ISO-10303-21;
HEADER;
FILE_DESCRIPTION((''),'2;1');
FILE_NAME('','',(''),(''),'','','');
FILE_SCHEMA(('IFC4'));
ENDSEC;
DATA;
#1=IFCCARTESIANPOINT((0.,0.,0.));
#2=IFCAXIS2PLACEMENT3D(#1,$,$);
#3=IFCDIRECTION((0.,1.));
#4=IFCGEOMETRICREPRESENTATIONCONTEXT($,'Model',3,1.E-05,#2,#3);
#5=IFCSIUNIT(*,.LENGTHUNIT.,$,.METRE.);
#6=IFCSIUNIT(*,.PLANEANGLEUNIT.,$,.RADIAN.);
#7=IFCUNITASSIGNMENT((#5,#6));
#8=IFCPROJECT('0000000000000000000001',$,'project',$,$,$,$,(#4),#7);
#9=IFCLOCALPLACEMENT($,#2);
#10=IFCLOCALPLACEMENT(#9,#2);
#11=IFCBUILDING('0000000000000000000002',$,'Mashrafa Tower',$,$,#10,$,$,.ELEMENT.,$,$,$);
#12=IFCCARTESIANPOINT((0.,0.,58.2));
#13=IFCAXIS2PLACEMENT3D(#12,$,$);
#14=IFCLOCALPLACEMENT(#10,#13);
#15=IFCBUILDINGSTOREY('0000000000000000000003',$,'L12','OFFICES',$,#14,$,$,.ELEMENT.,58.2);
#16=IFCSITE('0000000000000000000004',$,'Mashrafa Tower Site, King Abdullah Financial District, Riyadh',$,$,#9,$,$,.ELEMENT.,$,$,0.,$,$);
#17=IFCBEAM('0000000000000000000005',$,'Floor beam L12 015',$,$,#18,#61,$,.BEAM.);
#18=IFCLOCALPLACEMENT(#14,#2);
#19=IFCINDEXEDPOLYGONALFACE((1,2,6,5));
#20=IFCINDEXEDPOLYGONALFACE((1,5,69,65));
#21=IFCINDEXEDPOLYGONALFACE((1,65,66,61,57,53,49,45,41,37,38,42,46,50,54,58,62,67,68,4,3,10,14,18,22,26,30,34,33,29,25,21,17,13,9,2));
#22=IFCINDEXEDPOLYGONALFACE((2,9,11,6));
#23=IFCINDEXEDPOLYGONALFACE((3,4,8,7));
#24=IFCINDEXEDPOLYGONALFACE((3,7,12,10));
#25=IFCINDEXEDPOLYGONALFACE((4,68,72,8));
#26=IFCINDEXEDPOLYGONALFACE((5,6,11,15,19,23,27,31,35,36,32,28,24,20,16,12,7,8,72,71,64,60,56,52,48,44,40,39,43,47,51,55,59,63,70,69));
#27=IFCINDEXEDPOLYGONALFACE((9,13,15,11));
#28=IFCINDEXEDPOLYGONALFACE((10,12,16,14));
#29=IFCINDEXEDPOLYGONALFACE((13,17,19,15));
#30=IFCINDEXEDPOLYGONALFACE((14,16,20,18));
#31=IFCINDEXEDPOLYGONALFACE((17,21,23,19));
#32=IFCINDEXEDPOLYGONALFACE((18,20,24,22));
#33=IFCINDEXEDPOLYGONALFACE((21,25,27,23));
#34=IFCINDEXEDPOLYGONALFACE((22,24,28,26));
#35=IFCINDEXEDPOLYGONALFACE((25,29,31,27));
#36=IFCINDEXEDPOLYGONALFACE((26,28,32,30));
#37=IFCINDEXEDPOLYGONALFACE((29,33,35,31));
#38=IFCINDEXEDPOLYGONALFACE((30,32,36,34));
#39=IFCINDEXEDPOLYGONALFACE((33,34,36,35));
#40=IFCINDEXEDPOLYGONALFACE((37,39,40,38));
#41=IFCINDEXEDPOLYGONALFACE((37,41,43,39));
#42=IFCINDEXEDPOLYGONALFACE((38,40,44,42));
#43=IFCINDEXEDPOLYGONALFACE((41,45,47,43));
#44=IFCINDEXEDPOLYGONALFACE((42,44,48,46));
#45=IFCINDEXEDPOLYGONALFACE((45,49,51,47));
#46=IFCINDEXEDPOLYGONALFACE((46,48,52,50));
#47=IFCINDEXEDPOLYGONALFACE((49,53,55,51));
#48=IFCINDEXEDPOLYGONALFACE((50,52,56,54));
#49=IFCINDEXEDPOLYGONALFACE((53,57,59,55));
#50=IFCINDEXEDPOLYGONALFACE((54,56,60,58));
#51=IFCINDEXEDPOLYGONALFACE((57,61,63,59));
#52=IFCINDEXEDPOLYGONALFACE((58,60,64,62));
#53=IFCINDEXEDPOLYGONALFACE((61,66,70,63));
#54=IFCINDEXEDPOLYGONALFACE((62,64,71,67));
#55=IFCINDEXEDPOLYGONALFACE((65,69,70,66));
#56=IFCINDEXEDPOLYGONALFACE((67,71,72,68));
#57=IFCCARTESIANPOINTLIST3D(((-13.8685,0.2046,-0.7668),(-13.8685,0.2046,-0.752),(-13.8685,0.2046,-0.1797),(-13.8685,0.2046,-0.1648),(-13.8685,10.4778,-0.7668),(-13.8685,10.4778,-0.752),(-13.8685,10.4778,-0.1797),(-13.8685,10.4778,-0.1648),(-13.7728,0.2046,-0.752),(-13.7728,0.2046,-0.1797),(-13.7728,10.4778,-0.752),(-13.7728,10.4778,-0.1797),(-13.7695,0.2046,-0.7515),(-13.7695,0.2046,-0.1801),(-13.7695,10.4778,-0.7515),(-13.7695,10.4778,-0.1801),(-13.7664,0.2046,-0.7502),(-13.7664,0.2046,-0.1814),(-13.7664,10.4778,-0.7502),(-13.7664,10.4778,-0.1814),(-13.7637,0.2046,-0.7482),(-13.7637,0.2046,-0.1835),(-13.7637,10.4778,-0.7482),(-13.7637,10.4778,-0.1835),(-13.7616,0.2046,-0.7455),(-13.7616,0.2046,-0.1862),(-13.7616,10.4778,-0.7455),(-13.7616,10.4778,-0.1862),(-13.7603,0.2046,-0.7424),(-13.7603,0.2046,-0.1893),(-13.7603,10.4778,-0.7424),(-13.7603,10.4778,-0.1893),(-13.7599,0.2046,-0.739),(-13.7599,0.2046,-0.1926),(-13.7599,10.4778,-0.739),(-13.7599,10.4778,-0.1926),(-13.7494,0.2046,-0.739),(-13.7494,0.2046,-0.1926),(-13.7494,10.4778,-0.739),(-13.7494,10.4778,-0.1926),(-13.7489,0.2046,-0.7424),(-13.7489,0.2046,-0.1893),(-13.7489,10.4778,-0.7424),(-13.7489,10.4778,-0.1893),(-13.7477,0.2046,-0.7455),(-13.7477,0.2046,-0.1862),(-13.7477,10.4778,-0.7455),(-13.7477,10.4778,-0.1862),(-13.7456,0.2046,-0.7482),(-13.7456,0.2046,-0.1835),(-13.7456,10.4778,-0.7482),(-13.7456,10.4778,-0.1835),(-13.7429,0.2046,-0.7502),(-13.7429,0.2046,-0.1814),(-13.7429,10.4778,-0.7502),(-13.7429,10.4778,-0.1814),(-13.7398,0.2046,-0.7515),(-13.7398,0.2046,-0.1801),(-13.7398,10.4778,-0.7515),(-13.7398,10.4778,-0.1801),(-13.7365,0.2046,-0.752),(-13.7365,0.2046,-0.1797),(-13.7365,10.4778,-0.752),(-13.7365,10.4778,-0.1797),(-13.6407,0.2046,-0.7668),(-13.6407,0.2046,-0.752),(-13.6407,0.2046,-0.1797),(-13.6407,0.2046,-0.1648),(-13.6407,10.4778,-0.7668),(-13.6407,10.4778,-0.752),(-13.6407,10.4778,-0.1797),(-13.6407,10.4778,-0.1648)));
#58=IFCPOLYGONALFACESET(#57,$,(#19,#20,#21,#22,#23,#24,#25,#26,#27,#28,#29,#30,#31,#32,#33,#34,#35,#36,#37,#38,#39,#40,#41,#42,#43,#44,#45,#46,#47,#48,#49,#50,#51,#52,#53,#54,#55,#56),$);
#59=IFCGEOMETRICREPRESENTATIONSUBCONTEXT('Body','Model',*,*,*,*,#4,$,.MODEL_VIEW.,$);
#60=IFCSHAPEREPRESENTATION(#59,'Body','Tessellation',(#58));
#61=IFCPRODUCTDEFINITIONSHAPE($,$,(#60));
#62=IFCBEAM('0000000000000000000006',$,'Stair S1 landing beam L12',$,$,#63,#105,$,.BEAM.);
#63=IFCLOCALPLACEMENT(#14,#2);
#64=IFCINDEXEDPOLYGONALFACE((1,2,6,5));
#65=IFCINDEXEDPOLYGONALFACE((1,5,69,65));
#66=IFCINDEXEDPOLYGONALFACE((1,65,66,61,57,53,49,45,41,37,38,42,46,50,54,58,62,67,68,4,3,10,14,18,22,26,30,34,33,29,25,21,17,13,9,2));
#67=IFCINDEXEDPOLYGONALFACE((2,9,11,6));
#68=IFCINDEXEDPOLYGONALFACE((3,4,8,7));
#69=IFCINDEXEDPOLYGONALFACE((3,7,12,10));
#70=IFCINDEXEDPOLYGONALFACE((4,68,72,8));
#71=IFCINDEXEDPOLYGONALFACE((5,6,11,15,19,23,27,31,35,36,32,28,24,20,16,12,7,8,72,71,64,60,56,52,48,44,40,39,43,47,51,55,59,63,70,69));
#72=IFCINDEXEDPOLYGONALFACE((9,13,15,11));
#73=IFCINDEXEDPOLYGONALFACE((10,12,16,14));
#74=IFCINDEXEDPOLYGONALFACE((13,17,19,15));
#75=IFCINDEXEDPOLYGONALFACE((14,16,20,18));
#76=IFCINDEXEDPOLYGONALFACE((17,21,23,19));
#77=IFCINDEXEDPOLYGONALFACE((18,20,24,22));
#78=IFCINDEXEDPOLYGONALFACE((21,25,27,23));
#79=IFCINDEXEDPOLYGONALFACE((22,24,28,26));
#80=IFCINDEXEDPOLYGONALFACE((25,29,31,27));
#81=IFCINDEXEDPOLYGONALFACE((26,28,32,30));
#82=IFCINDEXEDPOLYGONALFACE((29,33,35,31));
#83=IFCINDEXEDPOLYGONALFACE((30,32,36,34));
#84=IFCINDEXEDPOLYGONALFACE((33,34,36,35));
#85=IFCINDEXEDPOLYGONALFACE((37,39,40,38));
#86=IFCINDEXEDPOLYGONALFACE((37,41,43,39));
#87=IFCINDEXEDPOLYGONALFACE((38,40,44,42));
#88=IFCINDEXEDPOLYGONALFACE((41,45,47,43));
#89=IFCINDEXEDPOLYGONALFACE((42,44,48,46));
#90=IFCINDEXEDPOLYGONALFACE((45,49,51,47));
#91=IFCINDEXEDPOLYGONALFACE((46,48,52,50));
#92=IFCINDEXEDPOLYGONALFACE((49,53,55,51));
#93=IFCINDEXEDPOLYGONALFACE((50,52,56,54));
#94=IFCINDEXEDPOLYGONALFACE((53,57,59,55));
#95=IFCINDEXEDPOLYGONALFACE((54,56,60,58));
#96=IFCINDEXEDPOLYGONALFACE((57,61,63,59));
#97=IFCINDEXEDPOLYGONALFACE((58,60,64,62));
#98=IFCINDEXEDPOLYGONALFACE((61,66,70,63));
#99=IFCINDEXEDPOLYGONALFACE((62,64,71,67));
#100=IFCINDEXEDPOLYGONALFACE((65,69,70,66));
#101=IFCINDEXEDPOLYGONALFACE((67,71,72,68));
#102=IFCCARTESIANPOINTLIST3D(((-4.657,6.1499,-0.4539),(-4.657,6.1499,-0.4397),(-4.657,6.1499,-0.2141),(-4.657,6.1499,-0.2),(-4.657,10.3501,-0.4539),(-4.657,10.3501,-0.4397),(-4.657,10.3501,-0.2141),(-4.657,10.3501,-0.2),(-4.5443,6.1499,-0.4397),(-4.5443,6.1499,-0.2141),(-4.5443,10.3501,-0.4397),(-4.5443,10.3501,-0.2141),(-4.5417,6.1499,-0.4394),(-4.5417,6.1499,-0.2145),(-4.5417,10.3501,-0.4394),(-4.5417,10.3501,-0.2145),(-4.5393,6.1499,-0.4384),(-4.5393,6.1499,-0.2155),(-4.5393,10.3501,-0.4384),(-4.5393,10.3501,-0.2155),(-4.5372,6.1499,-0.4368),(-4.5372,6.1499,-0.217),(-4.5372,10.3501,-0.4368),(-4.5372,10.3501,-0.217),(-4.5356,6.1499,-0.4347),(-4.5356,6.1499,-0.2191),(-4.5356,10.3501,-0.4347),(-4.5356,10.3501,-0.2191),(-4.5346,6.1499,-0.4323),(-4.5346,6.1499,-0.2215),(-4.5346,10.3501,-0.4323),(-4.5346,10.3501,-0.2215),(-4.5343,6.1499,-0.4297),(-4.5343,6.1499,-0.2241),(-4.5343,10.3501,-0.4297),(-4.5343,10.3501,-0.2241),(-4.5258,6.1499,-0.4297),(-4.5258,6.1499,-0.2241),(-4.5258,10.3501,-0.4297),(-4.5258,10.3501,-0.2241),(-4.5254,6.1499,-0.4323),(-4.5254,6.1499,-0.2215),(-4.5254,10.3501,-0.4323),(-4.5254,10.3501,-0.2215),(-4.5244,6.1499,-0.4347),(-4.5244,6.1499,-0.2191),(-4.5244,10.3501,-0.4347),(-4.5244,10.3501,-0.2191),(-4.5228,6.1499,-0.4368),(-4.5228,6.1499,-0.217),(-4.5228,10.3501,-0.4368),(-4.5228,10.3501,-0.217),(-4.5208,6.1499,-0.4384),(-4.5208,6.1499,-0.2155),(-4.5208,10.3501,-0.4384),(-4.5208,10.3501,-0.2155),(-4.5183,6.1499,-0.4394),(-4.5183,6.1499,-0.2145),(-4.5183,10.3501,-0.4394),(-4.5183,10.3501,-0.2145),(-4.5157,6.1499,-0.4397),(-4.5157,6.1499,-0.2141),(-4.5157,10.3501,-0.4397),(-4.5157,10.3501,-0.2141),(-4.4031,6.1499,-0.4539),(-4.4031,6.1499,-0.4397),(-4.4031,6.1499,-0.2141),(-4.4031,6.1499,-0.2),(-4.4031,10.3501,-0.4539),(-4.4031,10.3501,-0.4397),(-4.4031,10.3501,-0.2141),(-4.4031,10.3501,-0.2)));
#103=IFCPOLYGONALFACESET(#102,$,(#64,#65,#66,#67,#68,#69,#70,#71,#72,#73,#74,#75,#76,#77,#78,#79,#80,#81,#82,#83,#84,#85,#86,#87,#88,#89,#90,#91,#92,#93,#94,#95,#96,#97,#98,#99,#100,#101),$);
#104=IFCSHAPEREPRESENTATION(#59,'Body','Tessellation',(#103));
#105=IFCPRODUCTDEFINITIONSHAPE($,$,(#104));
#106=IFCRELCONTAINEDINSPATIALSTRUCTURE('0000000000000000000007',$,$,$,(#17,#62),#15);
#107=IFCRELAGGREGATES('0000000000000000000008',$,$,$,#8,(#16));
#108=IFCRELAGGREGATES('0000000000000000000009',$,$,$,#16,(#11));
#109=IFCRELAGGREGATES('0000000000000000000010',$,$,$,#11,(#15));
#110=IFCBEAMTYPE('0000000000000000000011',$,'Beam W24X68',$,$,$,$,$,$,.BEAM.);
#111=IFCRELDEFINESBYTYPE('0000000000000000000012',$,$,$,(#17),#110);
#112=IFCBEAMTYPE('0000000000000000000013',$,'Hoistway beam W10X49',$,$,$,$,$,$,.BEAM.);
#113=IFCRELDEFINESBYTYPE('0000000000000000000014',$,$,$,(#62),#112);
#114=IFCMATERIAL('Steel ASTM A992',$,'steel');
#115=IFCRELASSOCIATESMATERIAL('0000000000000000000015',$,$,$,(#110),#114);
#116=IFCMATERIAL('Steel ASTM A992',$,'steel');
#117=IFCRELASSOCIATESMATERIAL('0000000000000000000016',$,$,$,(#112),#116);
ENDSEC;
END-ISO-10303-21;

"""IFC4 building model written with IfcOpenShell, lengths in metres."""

from ifc_helpers import new_model, si_unit, direction, frame, origin, origin_2d, place, context, subcontext, project, spatial, i_section, extrude, material, material_profile, profile_set, type_object, element, save


model = new_model("IFC4")

# Units and contexts
model_context = context("Model", 3, precision=1e-05, world=origin(), true_north=direction((0.0, 1.0)))
body_context = subcontext(model_context, "Body", "Model", "MODEL_VIEW")
ifc_project = project(units=[si_unit("LENGTHUNIT", "METRE"), si_unit("PLANEANGLEUNIT", "RADIAN")], contexts=[model_context])

# Site, building, storey
site_placement = place(None, origin())
site = spatial("IfcSite", under=ifc_project, at=site_placement, Name="Mashrafa Tower Site, King Abdullah Financial District, Riyadh", CompositionType="ELEMENT", RefElevation=0.0)
building_placement = place(site_placement, origin())
building = spatial("IfcBuilding", under=site, at=building_placement, Name="Mashrafa Tower", CompositionType="ELEMENT")
storey_placement = place(building_placement, frame((0.0, 0.0, 58.2)))
storey = spatial("IfcBuildingStorey", under=building, at=storey_placement, Name="L12", Description="OFFICES", CompositionType="ELEMENT", Elevation=58.2)

# Beams
ifc_material_1 = material(Name="Steel ASTM A992", Category="steel")
ifc_material_profile_1 = material_profile(ifc_material_1, i_section(OverallWidth=0.2278, OverallDepth=0.6021, WebThickness=0.0105, FlangeThickness=0.0149, FilletRadius=0.0129, at=origin_2d()), Name="W24X68")
ifc_profile_set_1 = profile_set([ifc_material_profile_1], Name="Steel ASTM A992")
beam_type_1 = type_object("IfcBeamType", Name="Beam W24X68", PredefinedType="BEAM", material=ifc_profile_set_1)
beam_1_placement = place(storey_placement, frame((-13.7546, 0.2046, -0.4658), z_axis=(0.0, 1.0, 0.0), x_axis=(-1.0, 0.0, 0.0)))
element("IfcBeam", 1, at=beam_1_placement, inside=storey, type_object=beam_type_1, Name="Floor beam L12 015", PredefinedType="BEAM", context=body_context, shape_type="SweptSolid", body=[
    extrude(i_section(OverallWidth=0.2278, OverallDepth=0.6021, WebThickness=0.0105, FlangeThickness=0.0149, FilletRadius=0.0129, at=origin_2d()), origin(), (0.0, 0.0, 1.0), 10.2732),
])
ifc_material_2 = material(Name="Steel ASTM A992", Category="steel")
ifc_material_profile_2 = material_profile(ifc_material_2, i_section(OverallWidth=0.2539, OverallDepth=0.2539, WebThickness=0.0085, FlangeThickness=0.0142, FilletRadius=0.01, at=origin_2d()), Name="W10X49")
ifc_profile_set_2 = profile_set([ifc_material_profile_2], Name="Steel ASTM A992")
beam_type_2 = type_object("IfcBeamType", Name="Hoistway beam W10X49", PredefinedType="BEAM", material=ifc_profile_set_2)
beam_2_placement = place(storey_placement, frame((-4.53, 6.1499, -0.3269), z_axis=(0.0, 1.0, 0.0), x_axis=(-1.0, 0.0, 0.0)))
element("IfcBeam", 2, at=beam_2_placement, inside=storey, type_object=beam_type_2, Name="Stair S1 landing beam L12", PredefinedType="BEAM", context=body_context, shape_type="SweptSolid", body=[
    extrude(i_section(OverallWidth=0.2539, OverallDepth=0.2539, WebThickness=0.0085, FlangeThickness=0.0142, FilletRadius=0.01, at=origin_2d()), origin(), (0.0, 0.0, 1.0), 4.2002),
])

save(model, "model.ifc")
